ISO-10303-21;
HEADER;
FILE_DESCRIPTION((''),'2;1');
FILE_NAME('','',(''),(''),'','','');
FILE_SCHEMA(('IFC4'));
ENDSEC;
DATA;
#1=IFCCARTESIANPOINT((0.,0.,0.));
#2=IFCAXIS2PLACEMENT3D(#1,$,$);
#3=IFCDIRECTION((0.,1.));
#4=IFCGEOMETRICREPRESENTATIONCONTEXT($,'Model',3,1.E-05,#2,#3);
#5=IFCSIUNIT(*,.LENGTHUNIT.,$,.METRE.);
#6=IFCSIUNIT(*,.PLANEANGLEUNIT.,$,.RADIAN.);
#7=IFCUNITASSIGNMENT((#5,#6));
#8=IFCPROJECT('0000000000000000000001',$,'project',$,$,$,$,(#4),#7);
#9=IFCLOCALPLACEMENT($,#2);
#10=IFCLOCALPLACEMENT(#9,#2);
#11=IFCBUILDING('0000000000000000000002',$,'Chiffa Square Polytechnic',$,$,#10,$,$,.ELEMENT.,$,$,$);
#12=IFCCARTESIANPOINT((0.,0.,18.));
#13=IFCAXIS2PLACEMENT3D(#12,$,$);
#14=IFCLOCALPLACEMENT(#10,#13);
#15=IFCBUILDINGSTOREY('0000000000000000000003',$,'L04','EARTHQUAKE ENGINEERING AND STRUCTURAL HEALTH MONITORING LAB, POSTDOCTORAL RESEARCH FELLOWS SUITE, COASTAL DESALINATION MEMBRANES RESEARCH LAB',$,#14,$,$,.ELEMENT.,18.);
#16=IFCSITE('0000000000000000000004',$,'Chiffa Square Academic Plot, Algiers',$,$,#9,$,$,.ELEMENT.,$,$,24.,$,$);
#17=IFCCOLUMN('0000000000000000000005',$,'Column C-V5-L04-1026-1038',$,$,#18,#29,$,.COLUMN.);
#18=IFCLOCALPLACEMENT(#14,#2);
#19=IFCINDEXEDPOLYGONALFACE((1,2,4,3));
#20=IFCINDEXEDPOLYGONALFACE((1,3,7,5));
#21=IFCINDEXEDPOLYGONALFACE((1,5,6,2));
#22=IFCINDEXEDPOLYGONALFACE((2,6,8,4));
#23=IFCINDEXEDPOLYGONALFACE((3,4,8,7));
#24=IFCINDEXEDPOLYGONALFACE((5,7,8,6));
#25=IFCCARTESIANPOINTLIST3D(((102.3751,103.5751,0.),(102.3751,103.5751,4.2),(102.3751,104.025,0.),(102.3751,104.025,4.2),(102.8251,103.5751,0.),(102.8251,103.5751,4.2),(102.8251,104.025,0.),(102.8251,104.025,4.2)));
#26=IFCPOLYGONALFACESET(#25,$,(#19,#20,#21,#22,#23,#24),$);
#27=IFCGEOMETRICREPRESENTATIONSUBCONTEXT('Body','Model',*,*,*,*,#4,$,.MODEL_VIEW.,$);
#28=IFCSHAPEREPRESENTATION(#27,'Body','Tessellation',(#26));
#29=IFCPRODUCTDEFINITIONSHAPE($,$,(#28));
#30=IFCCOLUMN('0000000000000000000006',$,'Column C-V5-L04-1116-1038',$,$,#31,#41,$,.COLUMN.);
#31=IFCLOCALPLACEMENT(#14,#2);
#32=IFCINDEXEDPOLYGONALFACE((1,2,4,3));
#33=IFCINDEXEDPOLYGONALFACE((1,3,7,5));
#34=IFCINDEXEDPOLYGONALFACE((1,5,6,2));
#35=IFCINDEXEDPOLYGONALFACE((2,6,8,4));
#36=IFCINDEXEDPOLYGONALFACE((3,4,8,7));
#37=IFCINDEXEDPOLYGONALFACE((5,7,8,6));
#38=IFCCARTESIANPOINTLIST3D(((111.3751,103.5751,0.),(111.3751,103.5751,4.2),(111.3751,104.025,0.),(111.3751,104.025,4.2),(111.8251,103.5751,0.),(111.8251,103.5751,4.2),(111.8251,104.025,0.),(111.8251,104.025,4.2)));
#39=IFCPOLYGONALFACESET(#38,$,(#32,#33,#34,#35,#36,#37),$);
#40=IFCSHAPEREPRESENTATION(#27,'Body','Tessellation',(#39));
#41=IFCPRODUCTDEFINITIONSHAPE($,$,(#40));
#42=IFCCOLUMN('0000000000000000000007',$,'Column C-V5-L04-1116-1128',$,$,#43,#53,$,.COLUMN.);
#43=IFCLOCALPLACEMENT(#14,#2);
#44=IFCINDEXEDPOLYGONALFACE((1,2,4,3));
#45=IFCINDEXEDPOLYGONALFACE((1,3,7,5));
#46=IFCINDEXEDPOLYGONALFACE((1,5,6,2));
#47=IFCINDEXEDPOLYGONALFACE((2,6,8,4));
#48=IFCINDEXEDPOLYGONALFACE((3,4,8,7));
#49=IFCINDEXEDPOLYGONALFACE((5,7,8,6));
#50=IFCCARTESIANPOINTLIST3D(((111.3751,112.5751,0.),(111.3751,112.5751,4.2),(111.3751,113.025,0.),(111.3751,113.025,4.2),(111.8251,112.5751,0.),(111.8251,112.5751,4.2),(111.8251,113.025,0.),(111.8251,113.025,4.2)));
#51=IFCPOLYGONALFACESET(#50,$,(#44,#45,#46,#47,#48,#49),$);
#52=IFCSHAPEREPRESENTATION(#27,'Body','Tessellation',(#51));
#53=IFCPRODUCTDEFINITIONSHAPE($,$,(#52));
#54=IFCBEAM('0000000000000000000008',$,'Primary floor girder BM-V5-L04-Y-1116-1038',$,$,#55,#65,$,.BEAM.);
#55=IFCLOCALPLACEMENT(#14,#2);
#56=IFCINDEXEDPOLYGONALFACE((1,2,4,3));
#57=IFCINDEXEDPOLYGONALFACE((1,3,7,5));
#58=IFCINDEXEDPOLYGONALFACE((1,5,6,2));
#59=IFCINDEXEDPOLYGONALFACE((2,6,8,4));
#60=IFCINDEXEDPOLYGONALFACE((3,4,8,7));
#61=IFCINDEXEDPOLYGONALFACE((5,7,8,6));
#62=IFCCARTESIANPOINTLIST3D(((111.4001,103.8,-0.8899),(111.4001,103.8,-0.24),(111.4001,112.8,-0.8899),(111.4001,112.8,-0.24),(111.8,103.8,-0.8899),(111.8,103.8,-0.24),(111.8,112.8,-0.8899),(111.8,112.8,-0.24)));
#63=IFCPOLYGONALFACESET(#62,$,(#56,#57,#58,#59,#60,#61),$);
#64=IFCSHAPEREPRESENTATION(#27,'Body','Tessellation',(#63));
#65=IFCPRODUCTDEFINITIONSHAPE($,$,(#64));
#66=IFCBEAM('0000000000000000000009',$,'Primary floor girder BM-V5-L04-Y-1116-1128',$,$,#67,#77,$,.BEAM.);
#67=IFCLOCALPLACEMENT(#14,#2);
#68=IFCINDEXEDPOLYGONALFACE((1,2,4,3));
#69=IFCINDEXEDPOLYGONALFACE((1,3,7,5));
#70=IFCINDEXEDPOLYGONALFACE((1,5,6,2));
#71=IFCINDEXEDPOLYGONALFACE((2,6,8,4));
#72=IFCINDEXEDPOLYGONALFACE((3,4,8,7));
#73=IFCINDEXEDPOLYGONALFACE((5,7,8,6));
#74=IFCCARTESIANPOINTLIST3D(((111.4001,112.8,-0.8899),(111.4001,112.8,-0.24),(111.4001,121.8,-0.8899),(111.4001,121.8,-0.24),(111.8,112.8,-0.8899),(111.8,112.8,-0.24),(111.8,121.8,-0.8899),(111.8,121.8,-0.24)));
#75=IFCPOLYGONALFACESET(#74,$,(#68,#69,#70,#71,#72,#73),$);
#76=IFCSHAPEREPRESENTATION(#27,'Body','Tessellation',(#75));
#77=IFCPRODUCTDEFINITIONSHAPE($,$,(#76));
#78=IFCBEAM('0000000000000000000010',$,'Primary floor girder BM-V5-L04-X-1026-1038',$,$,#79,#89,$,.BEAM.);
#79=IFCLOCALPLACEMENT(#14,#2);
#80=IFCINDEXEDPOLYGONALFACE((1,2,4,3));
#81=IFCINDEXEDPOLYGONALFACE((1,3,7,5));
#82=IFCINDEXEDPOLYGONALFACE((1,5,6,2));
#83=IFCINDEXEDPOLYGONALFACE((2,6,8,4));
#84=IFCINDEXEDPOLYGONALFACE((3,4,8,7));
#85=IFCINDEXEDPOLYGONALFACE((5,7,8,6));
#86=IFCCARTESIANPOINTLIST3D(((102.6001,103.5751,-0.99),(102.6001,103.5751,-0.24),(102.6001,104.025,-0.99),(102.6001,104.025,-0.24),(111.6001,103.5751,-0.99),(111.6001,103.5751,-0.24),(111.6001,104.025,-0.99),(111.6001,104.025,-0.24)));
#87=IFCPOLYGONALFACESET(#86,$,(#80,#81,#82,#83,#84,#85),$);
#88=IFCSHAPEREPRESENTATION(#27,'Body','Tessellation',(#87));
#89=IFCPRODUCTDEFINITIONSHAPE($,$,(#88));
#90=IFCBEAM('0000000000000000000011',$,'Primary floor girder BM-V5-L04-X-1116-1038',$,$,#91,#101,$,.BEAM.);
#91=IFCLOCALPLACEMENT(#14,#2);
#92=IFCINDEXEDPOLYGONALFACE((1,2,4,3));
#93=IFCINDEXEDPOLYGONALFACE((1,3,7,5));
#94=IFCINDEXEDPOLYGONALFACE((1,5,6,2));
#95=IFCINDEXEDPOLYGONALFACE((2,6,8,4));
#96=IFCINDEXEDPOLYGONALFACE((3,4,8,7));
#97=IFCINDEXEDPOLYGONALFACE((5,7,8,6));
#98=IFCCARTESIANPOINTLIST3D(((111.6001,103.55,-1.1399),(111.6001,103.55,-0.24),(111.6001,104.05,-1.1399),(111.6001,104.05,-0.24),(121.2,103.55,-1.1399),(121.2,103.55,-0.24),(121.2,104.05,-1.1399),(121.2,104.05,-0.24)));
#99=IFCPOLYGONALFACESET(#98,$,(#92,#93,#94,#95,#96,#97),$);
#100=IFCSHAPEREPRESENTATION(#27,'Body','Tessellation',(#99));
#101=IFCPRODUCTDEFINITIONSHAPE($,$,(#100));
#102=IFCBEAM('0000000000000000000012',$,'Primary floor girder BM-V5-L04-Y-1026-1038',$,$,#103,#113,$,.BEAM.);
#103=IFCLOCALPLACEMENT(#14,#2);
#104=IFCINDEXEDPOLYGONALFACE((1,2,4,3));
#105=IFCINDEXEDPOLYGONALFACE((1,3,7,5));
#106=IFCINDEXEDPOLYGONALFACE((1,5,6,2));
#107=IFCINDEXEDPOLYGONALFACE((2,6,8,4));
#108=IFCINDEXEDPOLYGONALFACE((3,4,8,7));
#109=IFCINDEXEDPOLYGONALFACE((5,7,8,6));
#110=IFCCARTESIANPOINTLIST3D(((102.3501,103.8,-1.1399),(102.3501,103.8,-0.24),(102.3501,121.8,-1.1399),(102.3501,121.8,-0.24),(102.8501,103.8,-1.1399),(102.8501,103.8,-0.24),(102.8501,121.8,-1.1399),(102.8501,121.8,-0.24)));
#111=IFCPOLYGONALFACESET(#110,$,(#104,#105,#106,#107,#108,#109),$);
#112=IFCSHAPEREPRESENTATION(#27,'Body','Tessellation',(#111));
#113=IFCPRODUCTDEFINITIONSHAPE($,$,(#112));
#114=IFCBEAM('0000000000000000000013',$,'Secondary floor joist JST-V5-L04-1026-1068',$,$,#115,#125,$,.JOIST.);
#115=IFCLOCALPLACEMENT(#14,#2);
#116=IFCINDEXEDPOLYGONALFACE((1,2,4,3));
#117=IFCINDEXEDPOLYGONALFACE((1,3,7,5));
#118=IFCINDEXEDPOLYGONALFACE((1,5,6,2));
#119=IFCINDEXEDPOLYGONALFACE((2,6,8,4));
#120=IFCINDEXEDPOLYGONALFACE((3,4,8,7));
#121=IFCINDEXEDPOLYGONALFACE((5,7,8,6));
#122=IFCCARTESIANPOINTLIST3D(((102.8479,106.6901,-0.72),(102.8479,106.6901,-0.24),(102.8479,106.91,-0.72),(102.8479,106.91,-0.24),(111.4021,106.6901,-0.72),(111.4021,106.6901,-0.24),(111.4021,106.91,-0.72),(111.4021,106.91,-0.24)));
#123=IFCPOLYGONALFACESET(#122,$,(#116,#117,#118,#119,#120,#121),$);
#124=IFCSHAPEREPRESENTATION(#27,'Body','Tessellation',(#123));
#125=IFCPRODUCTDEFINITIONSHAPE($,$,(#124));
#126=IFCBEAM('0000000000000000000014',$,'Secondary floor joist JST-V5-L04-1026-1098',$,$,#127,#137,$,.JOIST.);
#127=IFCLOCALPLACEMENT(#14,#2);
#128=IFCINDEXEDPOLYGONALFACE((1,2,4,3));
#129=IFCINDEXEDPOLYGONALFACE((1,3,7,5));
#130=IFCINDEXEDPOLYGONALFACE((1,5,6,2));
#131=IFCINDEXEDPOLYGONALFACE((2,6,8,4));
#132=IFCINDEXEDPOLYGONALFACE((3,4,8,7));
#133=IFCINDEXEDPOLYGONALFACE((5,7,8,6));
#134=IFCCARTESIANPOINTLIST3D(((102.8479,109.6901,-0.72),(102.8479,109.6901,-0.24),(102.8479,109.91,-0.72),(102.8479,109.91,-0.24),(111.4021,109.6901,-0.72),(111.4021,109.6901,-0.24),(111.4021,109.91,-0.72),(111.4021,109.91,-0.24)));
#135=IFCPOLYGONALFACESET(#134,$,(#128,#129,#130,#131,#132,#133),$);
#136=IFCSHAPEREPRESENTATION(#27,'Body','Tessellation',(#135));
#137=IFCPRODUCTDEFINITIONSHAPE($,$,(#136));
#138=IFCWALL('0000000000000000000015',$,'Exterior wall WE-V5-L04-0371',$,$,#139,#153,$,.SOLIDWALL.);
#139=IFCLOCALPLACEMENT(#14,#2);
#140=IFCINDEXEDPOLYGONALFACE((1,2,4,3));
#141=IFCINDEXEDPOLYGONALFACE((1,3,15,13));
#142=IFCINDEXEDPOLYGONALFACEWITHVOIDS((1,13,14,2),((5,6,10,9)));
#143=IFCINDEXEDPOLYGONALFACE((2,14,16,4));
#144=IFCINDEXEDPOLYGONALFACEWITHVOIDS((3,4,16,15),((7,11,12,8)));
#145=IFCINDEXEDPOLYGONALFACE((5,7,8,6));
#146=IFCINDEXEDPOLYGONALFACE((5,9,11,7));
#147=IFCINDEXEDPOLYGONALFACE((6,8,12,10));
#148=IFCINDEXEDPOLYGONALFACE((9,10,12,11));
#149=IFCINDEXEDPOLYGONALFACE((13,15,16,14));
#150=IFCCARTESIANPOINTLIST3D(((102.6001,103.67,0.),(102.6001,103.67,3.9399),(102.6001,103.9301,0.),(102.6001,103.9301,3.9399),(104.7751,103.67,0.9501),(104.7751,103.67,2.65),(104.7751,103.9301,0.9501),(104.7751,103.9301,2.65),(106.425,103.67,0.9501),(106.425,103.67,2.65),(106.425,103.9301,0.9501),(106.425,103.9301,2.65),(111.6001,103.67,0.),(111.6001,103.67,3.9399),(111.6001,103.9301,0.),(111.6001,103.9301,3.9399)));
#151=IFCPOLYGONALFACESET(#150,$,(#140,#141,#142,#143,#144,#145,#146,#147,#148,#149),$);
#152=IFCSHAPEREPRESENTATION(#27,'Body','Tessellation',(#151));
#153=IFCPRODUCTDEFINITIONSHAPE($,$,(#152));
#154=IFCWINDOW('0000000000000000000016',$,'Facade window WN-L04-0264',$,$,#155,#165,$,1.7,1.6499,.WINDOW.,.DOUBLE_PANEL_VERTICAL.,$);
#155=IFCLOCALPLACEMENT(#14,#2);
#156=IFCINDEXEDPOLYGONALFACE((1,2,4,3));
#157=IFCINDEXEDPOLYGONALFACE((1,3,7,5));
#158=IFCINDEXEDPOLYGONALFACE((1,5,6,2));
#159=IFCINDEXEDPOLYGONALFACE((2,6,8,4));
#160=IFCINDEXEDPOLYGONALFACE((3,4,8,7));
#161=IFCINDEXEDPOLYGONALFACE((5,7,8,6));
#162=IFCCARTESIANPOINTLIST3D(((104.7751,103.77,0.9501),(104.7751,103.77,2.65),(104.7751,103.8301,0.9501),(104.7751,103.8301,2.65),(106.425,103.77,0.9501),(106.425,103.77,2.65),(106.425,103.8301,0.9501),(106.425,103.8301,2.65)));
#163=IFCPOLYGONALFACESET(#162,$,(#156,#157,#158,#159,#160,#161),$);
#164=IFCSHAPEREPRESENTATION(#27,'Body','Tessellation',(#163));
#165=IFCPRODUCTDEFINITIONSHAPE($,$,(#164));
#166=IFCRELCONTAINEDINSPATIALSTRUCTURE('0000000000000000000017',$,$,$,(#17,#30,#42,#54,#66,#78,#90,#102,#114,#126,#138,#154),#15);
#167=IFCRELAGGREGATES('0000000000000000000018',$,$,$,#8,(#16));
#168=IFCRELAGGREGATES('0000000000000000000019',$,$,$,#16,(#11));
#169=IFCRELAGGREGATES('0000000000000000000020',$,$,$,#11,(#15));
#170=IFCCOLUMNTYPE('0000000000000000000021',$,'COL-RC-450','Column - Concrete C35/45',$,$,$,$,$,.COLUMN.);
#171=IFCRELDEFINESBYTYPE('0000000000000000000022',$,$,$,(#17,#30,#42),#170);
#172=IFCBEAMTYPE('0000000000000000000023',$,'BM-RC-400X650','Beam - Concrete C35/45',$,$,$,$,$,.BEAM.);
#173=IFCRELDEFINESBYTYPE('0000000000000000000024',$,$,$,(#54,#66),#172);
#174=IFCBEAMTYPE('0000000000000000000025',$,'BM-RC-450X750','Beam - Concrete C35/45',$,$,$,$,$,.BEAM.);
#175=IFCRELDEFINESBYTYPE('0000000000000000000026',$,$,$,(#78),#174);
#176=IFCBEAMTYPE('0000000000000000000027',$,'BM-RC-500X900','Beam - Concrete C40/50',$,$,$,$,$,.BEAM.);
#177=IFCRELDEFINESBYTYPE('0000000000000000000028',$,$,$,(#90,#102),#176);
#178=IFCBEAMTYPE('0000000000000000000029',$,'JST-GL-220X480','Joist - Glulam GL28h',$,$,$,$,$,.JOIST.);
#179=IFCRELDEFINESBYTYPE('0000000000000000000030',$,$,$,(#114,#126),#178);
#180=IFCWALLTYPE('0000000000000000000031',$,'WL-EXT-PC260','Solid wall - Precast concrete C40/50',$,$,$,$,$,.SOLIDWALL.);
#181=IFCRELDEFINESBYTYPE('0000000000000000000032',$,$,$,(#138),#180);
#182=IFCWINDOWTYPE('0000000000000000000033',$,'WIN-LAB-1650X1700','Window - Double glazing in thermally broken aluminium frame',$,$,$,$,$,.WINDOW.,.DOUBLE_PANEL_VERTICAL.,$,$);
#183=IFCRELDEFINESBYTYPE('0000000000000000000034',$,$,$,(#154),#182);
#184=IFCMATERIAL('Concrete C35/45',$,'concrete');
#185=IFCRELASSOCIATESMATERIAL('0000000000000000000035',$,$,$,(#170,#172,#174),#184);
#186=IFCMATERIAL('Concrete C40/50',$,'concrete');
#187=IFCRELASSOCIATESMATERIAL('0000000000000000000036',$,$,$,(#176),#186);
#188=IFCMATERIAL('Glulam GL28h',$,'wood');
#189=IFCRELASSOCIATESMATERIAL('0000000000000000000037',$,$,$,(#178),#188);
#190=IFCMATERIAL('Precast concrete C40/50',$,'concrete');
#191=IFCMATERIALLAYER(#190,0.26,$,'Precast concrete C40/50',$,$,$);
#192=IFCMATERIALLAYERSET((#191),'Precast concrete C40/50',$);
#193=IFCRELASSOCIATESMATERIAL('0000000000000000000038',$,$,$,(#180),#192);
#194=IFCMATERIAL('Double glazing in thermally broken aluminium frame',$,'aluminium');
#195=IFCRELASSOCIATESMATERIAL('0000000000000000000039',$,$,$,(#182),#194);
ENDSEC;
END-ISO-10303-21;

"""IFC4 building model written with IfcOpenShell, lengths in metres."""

from ifc_helpers import new_model, si_unit, direction, frame, frame_2d, origin, origin_2d, place, context, subcontext, project, spatial, rectangle, extrude, material, layer, layer_set, material_profile, profile_set, type_object, element, fill, save


model = new_model("IFC4")

# Units and contexts
model_context = context("Model", 3, precision=1e-05, world=origin(), true_north=direction((0.0, 1.0)))
body_context = subcontext(model_context, "Body", "Model", "MODEL_VIEW")
ifc_project = project(units=[si_unit("LENGTHUNIT", "METRE"), si_unit("PLANEANGLEUNIT", "RADIAN")], contexts=[model_context])

# Site, building, storey
site_placement = place(None, origin())
site = spatial("IfcSite", under=ifc_project, at=site_placement, Name="Chiffa Square Academic Plot, Algiers", CompositionType="ELEMENT", RefElevation=24.0)
building_placement = place(site_placement, origin())
building = spatial("IfcBuilding", under=site, at=building_placement, Name="Chiffa Square Polytechnic", CompositionType="ELEMENT")
storey_placement = place(building_placement, frame((0.0, 0.0, 18.0)))
storey = spatial("IfcBuildingStorey", under=building, at=storey_placement, Name="L04", Description="EARTHQUAKE ENGINEERING AND STRUCTURAL HEALTH MONITORING LAB, POSTDOCTORAL RESEARCH FELLOWS SUITE, COASTAL DESALINATION MEMBRANES RESEARCH LAB", CompositionType="ELEMENT", Elevation=18.0)

# Columns
ifc_material_1 = material(Name="Concrete C35/45", Category="concrete")
ifc_material_profile_1 = material_profile(ifc_material_1, rectangle(XDim=0.45, YDim=0.45, at=origin_2d()), Name="RC 450x450")
ifc_profile_set_1 = profile_set([ifc_material_profile_1], Name="Concrete C35/45")
column_type = type_object("IfcColumnType", Name="COL-RC-450", Description="Column - Concrete C35/45", PredefinedType="COLUMN", material=ifc_profile_set_1)
for number, where, z_axis, x_axis, name in (
    (1, (102.6001, 103.8, 0.0), (0.0, 0.0, 1.0), (1.0, 0.0, 0.0), "Column C-V5-L04-1026-1038"),
    (2, (111.6001, 103.8, 0.0), (0.0, 0.0, 1.0), (1.0, 0.0, 0.0), "Column C-V5-L04-1116-1038"),
    (3, (111.6001, 112.8, 0.0), (0.0, 0.0, 1.0), (1.0, 0.0, 0.0), "Column C-V5-L04-1116-1128"),
):
    element("IfcColumn", number, at=place(storey_placement, frame(where, z_axis=z_axis, x_axis=x_axis)), inside=storey, type_object=column_type, Name=name, PredefinedType="COLUMN", context=body_context, shape_type="SweptSolid", body=[
        extrude(rectangle(XDim=0.45, YDim=0.45, at=origin_2d()), origin(), (0.0, 0.0, 1.0), 4.2),
    ])

# Beams
ifc_material_profile_2 = material_profile(ifc_material_1, rectangle(XDim=0.3999, YDim=0.6499, at=origin_2d()), Name="RC 400x650")
ifc_profile_set_2 = profile_set([ifc_material_profile_2], Name="Concrete C35/45")
beam_type_1 = type_object("IfcBeamType", Name="BM-RC-400X650", Description="Beam - Concrete C35/45", PredefinedType="BEAM", material=ifc_profile_set_2)
for number, where, z_axis, x_axis, name in (
    (4, (111.6001, 103.8, -0.5649), (0.0, 1.0, 0.0), (-1.0, 0.0, 0.0), "Primary floor girder BM-V5-L04-Y-1116-1038"),
    (5, (111.6001, 112.8, -0.5649), (0.0, 1.0, 0.0), (-1.0, 0.0, 0.0), "Primary floor girder BM-V5-L04-Y-1116-1128"),
):
    element("IfcBeam", number, at=place(storey_placement, frame(where, z_axis=z_axis, x_axis=x_axis)), inside=storey, type_object=beam_type_1, Name=name, PredefinedType="BEAM", context=body_context, shape_type="SweptSolid", body=[
        extrude(rectangle(XDim=0.3999, YDim=0.6499, at=origin_2d()), origin(), (0.0, 0.0, 1.0), 9.0),
    ])
ifc_material_profile_3 = material_profile(ifc_material_1, rectangle(XDim=0.45, YDim=0.75, at=origin_2d()), Name="RC 450x750")
ifc_profile_set_3 = profile_set([ifc_material_profile_3], Name="Concrete C35/45")
beam_type_2 = type_object("IfcBeamType", Name="BM-RC-450X750", Description="Beam - Concrete C35/45", PredefinedType="BEAM", material=ifc_profile_set_3)
beam_1_placement = place(storey_placement, frame((102.6001, 103.8, -0.615), z_axis=(1.0, 0.0, 0.0), x_axis=(0.0, 1.0, 0.0)))
element("IfcBeam", 6, at=beam_1_placement, inside=storey, type_object=beam_type_2, Name="Primary floor girder BM-V5-L04-X-1026-1038", PredefinedType="BEAM", context=body_context, shape_type="SweptSolid", body=[
    extrude(rectangle(XDim=0.45, YDim=0.75, at=origin_2d()), origin(), (0.0, 0.0, 1.0), 9.0),
])
ifc_material_2 = material(Name="Concrete C40/50", Category="concrete")
ifc_material_profile_4 = material_profile(ifc_material_2, rectangle(XDim=0.5, YDim=0.8999, at=origin_2d()), Name="RC 500x900")
ifc_profile_set_4 = profile_set([ifc_material_profile_4], Name="Concrete C40/50")
beam_type_3 = type_object("IfcBeamType", Name="BM-RC-500X900", Description="Beam - Concrete C40/50", PredefinedType="BEAM", material=ifc_profile_set_4)
beam_2_placement = place(storey_placement, frame((111.6001, 103.8, -0.6899), z_axis=(1.0, 0.0, 0.0), x_axis=(0.0, 1.0, 0.0)))
element("IfcBeam", 7, at=beam_2_placement, inside=storey, type_object=beam_type_3, Name="Primary floor girder BM-V5-L04-X-1116-1038", PredefinedType="BEAM", context=body_context, shape_type="SweptSolid", body=[
    extrude(rectangle(XDim=0.5, YDim=0.8999, at=origin_2d()), origin(), (0.0, 0.0, 1.0), 9.5999),
])
beam_3_placement = place(storey_placement, frame((102.6001, 103.8, -0.6899), z_axis=(0.0, 1.0, 0.0), x_axis=(-1.0, 0.0, 0.0)))
element("IfcBeam", 8, at=beam_3_placement, inside=storey, type_object=beam_type_3, Name="Primary floor girder BM-V5-L04-Y-1026-1038", PredefinedType="BEAM", context=body_context, shape_type="SweptSolid", body=[
    extrude(rectangle(XDim=0.5, YDim=0.8999, at=origin_2d()), origin(), (0.0, 0.0, 1.0), 18.0),
])
ifc_material_3 = material(Name="Glulam GL28h", Category="wood")
ifc_material_profile_5 = material_profile(ifc_material_3, rectangle(XDim=0.22, YDim=0.48, at=origin_2d()), Name="GL28h 220x480")
ifc_profile_set_5 = profile_set([ifc_material_profile_5], Name="Glulam GL28h")
beam_type_4 = type_object("IfcBeamType", Name="JST-GL-220X480", Description="Joist - Glulam GL28h", PredefinedType="JOIST", material=ifc_profile_set_5)
for number, where, z_axis, x_axis, name in (
    (9, (102.8479, 106.8, -0.48), (1.0, 0.0, 0.0), (0.0, 1.0, 0.0), "Secondary floor joist JST-V5-L04-1026-1068"),
    (10, (102.8479, 109.8, -0.48), (1.0, 0.0, 0.0), (0.0, 1.0, 0.0), "Secondary floor joist JST-V5-L04-1026-1098"),
):
    element("IfcBeam", number, at=place(storey_placement, frame(where, z_axis=z_axis, x_axis=x_axis)), inside=storey, type_object=beam_type_4, Name=name, PredefinedType="JOIST", context=body_context, shape_type="SweptSolid", body=[
        extrude(rectangle(XDim=0.22, YDim=0.48, at=origin_2d()), origin(), (0.0, 0.0, 1.0), 8.5542),
    ])

# Wall, opening, window
ifc_material_4 = material(Name="Precast concrete C40/50", Category="concrete")
ifc_layer_1 = layer(ifc_material_4, 0.26, Name="Precast concrete C40/50")
ifc_layer_set_1 = layer_set([ifc_layer_1], Name="Precast concrete C40/50")
wall_type_1 = type_object("IfcWallType", Name="WL-EXT-PC260", Description="Solid wall - Precast concrete C40/50", PredefinedType="SOLIDWALL", material=ifc_layer_set_1)
wall_1_placement = place(storey_placement, frame((102.6001, 103.8, 0.0), z_axis=(0.0, 0.0, 1.0), x_axis=(1.0, 0.0, 0.0)))
wall_1 = element("IfcWall", 11, at=wall_1_placement, inside=storey, type_object=wall_type_1, Name="Exterior wall WE-V5-L04-0371", PredefinedType="SOLIDWALL", context=body_context, shape_type="SweptSolid", body=[
    extrude(rectangle(XDim=9.0, YDim=0.26, at=frame_2d((4.5, 0.0))), origin(), (0.0, 0.0, 1.0), 3.9399),
])
opening_1_placement = place(wall_1_placement, frame((2.175, 0.0, 0.95)))
opening_1 = element("IfcOpeningElement", 12, at=opening_1_placement, cuts=wall_1, PredefinedType="OPENING", context=body_context, shape_type="SweptSolid", body=[
    extrude(rectangle(XDim=1.6499, YDim=1.7, at=frame_2d((0.825, 0.8501))), frame((0.0, 0.1401, 0.0), z_axis=(0.0, -1.0, 0.0), x_axis=(1.0, 0.0, 0.0)), (0.0, 0.0, 1.0), 0.28),
])
ifc_material_5 = material(Name="Double glazing in thermally broken aluminium frame", Category="aluminium")
window_type = type_object("IfcWindowType", Name="WIN-LAB-1650X1700", Description="Window - Double glazing in thermally broken aluminium frame", PartitioningType="DOUBLE_PANEL_VERTICAL", PredefinedType="WINDOW", material=ifc_material_5)
window_placement = place(opening_1_placement, origin())
window = element("IfcWindow", 13, at=window_placement, inside=storey, type_object=window_type, Name="Facade window WN-L04-0264", OverallHeight=1.7, OverallWidth=1.6499, PartitioningType="DOUBLE_PANEL_VERTICAL", PredefinedType="WINDOW", context=body_context, shape_type="SweptSolid", body=[
    extrude(rectangle(XDim=1.6499, YDim=1.7, at=frame_2d((0.825, 0.8501))), frame((0.0, 0.03, 0.0), z_axis=(0.0, -1.0, 0.0), x_axis=(1.0, 0.0, 0.0)), (0.0, 0.0, 1.0), 0.0601),
])
fill(opening_1, window)

save(model, "model.ifc")
